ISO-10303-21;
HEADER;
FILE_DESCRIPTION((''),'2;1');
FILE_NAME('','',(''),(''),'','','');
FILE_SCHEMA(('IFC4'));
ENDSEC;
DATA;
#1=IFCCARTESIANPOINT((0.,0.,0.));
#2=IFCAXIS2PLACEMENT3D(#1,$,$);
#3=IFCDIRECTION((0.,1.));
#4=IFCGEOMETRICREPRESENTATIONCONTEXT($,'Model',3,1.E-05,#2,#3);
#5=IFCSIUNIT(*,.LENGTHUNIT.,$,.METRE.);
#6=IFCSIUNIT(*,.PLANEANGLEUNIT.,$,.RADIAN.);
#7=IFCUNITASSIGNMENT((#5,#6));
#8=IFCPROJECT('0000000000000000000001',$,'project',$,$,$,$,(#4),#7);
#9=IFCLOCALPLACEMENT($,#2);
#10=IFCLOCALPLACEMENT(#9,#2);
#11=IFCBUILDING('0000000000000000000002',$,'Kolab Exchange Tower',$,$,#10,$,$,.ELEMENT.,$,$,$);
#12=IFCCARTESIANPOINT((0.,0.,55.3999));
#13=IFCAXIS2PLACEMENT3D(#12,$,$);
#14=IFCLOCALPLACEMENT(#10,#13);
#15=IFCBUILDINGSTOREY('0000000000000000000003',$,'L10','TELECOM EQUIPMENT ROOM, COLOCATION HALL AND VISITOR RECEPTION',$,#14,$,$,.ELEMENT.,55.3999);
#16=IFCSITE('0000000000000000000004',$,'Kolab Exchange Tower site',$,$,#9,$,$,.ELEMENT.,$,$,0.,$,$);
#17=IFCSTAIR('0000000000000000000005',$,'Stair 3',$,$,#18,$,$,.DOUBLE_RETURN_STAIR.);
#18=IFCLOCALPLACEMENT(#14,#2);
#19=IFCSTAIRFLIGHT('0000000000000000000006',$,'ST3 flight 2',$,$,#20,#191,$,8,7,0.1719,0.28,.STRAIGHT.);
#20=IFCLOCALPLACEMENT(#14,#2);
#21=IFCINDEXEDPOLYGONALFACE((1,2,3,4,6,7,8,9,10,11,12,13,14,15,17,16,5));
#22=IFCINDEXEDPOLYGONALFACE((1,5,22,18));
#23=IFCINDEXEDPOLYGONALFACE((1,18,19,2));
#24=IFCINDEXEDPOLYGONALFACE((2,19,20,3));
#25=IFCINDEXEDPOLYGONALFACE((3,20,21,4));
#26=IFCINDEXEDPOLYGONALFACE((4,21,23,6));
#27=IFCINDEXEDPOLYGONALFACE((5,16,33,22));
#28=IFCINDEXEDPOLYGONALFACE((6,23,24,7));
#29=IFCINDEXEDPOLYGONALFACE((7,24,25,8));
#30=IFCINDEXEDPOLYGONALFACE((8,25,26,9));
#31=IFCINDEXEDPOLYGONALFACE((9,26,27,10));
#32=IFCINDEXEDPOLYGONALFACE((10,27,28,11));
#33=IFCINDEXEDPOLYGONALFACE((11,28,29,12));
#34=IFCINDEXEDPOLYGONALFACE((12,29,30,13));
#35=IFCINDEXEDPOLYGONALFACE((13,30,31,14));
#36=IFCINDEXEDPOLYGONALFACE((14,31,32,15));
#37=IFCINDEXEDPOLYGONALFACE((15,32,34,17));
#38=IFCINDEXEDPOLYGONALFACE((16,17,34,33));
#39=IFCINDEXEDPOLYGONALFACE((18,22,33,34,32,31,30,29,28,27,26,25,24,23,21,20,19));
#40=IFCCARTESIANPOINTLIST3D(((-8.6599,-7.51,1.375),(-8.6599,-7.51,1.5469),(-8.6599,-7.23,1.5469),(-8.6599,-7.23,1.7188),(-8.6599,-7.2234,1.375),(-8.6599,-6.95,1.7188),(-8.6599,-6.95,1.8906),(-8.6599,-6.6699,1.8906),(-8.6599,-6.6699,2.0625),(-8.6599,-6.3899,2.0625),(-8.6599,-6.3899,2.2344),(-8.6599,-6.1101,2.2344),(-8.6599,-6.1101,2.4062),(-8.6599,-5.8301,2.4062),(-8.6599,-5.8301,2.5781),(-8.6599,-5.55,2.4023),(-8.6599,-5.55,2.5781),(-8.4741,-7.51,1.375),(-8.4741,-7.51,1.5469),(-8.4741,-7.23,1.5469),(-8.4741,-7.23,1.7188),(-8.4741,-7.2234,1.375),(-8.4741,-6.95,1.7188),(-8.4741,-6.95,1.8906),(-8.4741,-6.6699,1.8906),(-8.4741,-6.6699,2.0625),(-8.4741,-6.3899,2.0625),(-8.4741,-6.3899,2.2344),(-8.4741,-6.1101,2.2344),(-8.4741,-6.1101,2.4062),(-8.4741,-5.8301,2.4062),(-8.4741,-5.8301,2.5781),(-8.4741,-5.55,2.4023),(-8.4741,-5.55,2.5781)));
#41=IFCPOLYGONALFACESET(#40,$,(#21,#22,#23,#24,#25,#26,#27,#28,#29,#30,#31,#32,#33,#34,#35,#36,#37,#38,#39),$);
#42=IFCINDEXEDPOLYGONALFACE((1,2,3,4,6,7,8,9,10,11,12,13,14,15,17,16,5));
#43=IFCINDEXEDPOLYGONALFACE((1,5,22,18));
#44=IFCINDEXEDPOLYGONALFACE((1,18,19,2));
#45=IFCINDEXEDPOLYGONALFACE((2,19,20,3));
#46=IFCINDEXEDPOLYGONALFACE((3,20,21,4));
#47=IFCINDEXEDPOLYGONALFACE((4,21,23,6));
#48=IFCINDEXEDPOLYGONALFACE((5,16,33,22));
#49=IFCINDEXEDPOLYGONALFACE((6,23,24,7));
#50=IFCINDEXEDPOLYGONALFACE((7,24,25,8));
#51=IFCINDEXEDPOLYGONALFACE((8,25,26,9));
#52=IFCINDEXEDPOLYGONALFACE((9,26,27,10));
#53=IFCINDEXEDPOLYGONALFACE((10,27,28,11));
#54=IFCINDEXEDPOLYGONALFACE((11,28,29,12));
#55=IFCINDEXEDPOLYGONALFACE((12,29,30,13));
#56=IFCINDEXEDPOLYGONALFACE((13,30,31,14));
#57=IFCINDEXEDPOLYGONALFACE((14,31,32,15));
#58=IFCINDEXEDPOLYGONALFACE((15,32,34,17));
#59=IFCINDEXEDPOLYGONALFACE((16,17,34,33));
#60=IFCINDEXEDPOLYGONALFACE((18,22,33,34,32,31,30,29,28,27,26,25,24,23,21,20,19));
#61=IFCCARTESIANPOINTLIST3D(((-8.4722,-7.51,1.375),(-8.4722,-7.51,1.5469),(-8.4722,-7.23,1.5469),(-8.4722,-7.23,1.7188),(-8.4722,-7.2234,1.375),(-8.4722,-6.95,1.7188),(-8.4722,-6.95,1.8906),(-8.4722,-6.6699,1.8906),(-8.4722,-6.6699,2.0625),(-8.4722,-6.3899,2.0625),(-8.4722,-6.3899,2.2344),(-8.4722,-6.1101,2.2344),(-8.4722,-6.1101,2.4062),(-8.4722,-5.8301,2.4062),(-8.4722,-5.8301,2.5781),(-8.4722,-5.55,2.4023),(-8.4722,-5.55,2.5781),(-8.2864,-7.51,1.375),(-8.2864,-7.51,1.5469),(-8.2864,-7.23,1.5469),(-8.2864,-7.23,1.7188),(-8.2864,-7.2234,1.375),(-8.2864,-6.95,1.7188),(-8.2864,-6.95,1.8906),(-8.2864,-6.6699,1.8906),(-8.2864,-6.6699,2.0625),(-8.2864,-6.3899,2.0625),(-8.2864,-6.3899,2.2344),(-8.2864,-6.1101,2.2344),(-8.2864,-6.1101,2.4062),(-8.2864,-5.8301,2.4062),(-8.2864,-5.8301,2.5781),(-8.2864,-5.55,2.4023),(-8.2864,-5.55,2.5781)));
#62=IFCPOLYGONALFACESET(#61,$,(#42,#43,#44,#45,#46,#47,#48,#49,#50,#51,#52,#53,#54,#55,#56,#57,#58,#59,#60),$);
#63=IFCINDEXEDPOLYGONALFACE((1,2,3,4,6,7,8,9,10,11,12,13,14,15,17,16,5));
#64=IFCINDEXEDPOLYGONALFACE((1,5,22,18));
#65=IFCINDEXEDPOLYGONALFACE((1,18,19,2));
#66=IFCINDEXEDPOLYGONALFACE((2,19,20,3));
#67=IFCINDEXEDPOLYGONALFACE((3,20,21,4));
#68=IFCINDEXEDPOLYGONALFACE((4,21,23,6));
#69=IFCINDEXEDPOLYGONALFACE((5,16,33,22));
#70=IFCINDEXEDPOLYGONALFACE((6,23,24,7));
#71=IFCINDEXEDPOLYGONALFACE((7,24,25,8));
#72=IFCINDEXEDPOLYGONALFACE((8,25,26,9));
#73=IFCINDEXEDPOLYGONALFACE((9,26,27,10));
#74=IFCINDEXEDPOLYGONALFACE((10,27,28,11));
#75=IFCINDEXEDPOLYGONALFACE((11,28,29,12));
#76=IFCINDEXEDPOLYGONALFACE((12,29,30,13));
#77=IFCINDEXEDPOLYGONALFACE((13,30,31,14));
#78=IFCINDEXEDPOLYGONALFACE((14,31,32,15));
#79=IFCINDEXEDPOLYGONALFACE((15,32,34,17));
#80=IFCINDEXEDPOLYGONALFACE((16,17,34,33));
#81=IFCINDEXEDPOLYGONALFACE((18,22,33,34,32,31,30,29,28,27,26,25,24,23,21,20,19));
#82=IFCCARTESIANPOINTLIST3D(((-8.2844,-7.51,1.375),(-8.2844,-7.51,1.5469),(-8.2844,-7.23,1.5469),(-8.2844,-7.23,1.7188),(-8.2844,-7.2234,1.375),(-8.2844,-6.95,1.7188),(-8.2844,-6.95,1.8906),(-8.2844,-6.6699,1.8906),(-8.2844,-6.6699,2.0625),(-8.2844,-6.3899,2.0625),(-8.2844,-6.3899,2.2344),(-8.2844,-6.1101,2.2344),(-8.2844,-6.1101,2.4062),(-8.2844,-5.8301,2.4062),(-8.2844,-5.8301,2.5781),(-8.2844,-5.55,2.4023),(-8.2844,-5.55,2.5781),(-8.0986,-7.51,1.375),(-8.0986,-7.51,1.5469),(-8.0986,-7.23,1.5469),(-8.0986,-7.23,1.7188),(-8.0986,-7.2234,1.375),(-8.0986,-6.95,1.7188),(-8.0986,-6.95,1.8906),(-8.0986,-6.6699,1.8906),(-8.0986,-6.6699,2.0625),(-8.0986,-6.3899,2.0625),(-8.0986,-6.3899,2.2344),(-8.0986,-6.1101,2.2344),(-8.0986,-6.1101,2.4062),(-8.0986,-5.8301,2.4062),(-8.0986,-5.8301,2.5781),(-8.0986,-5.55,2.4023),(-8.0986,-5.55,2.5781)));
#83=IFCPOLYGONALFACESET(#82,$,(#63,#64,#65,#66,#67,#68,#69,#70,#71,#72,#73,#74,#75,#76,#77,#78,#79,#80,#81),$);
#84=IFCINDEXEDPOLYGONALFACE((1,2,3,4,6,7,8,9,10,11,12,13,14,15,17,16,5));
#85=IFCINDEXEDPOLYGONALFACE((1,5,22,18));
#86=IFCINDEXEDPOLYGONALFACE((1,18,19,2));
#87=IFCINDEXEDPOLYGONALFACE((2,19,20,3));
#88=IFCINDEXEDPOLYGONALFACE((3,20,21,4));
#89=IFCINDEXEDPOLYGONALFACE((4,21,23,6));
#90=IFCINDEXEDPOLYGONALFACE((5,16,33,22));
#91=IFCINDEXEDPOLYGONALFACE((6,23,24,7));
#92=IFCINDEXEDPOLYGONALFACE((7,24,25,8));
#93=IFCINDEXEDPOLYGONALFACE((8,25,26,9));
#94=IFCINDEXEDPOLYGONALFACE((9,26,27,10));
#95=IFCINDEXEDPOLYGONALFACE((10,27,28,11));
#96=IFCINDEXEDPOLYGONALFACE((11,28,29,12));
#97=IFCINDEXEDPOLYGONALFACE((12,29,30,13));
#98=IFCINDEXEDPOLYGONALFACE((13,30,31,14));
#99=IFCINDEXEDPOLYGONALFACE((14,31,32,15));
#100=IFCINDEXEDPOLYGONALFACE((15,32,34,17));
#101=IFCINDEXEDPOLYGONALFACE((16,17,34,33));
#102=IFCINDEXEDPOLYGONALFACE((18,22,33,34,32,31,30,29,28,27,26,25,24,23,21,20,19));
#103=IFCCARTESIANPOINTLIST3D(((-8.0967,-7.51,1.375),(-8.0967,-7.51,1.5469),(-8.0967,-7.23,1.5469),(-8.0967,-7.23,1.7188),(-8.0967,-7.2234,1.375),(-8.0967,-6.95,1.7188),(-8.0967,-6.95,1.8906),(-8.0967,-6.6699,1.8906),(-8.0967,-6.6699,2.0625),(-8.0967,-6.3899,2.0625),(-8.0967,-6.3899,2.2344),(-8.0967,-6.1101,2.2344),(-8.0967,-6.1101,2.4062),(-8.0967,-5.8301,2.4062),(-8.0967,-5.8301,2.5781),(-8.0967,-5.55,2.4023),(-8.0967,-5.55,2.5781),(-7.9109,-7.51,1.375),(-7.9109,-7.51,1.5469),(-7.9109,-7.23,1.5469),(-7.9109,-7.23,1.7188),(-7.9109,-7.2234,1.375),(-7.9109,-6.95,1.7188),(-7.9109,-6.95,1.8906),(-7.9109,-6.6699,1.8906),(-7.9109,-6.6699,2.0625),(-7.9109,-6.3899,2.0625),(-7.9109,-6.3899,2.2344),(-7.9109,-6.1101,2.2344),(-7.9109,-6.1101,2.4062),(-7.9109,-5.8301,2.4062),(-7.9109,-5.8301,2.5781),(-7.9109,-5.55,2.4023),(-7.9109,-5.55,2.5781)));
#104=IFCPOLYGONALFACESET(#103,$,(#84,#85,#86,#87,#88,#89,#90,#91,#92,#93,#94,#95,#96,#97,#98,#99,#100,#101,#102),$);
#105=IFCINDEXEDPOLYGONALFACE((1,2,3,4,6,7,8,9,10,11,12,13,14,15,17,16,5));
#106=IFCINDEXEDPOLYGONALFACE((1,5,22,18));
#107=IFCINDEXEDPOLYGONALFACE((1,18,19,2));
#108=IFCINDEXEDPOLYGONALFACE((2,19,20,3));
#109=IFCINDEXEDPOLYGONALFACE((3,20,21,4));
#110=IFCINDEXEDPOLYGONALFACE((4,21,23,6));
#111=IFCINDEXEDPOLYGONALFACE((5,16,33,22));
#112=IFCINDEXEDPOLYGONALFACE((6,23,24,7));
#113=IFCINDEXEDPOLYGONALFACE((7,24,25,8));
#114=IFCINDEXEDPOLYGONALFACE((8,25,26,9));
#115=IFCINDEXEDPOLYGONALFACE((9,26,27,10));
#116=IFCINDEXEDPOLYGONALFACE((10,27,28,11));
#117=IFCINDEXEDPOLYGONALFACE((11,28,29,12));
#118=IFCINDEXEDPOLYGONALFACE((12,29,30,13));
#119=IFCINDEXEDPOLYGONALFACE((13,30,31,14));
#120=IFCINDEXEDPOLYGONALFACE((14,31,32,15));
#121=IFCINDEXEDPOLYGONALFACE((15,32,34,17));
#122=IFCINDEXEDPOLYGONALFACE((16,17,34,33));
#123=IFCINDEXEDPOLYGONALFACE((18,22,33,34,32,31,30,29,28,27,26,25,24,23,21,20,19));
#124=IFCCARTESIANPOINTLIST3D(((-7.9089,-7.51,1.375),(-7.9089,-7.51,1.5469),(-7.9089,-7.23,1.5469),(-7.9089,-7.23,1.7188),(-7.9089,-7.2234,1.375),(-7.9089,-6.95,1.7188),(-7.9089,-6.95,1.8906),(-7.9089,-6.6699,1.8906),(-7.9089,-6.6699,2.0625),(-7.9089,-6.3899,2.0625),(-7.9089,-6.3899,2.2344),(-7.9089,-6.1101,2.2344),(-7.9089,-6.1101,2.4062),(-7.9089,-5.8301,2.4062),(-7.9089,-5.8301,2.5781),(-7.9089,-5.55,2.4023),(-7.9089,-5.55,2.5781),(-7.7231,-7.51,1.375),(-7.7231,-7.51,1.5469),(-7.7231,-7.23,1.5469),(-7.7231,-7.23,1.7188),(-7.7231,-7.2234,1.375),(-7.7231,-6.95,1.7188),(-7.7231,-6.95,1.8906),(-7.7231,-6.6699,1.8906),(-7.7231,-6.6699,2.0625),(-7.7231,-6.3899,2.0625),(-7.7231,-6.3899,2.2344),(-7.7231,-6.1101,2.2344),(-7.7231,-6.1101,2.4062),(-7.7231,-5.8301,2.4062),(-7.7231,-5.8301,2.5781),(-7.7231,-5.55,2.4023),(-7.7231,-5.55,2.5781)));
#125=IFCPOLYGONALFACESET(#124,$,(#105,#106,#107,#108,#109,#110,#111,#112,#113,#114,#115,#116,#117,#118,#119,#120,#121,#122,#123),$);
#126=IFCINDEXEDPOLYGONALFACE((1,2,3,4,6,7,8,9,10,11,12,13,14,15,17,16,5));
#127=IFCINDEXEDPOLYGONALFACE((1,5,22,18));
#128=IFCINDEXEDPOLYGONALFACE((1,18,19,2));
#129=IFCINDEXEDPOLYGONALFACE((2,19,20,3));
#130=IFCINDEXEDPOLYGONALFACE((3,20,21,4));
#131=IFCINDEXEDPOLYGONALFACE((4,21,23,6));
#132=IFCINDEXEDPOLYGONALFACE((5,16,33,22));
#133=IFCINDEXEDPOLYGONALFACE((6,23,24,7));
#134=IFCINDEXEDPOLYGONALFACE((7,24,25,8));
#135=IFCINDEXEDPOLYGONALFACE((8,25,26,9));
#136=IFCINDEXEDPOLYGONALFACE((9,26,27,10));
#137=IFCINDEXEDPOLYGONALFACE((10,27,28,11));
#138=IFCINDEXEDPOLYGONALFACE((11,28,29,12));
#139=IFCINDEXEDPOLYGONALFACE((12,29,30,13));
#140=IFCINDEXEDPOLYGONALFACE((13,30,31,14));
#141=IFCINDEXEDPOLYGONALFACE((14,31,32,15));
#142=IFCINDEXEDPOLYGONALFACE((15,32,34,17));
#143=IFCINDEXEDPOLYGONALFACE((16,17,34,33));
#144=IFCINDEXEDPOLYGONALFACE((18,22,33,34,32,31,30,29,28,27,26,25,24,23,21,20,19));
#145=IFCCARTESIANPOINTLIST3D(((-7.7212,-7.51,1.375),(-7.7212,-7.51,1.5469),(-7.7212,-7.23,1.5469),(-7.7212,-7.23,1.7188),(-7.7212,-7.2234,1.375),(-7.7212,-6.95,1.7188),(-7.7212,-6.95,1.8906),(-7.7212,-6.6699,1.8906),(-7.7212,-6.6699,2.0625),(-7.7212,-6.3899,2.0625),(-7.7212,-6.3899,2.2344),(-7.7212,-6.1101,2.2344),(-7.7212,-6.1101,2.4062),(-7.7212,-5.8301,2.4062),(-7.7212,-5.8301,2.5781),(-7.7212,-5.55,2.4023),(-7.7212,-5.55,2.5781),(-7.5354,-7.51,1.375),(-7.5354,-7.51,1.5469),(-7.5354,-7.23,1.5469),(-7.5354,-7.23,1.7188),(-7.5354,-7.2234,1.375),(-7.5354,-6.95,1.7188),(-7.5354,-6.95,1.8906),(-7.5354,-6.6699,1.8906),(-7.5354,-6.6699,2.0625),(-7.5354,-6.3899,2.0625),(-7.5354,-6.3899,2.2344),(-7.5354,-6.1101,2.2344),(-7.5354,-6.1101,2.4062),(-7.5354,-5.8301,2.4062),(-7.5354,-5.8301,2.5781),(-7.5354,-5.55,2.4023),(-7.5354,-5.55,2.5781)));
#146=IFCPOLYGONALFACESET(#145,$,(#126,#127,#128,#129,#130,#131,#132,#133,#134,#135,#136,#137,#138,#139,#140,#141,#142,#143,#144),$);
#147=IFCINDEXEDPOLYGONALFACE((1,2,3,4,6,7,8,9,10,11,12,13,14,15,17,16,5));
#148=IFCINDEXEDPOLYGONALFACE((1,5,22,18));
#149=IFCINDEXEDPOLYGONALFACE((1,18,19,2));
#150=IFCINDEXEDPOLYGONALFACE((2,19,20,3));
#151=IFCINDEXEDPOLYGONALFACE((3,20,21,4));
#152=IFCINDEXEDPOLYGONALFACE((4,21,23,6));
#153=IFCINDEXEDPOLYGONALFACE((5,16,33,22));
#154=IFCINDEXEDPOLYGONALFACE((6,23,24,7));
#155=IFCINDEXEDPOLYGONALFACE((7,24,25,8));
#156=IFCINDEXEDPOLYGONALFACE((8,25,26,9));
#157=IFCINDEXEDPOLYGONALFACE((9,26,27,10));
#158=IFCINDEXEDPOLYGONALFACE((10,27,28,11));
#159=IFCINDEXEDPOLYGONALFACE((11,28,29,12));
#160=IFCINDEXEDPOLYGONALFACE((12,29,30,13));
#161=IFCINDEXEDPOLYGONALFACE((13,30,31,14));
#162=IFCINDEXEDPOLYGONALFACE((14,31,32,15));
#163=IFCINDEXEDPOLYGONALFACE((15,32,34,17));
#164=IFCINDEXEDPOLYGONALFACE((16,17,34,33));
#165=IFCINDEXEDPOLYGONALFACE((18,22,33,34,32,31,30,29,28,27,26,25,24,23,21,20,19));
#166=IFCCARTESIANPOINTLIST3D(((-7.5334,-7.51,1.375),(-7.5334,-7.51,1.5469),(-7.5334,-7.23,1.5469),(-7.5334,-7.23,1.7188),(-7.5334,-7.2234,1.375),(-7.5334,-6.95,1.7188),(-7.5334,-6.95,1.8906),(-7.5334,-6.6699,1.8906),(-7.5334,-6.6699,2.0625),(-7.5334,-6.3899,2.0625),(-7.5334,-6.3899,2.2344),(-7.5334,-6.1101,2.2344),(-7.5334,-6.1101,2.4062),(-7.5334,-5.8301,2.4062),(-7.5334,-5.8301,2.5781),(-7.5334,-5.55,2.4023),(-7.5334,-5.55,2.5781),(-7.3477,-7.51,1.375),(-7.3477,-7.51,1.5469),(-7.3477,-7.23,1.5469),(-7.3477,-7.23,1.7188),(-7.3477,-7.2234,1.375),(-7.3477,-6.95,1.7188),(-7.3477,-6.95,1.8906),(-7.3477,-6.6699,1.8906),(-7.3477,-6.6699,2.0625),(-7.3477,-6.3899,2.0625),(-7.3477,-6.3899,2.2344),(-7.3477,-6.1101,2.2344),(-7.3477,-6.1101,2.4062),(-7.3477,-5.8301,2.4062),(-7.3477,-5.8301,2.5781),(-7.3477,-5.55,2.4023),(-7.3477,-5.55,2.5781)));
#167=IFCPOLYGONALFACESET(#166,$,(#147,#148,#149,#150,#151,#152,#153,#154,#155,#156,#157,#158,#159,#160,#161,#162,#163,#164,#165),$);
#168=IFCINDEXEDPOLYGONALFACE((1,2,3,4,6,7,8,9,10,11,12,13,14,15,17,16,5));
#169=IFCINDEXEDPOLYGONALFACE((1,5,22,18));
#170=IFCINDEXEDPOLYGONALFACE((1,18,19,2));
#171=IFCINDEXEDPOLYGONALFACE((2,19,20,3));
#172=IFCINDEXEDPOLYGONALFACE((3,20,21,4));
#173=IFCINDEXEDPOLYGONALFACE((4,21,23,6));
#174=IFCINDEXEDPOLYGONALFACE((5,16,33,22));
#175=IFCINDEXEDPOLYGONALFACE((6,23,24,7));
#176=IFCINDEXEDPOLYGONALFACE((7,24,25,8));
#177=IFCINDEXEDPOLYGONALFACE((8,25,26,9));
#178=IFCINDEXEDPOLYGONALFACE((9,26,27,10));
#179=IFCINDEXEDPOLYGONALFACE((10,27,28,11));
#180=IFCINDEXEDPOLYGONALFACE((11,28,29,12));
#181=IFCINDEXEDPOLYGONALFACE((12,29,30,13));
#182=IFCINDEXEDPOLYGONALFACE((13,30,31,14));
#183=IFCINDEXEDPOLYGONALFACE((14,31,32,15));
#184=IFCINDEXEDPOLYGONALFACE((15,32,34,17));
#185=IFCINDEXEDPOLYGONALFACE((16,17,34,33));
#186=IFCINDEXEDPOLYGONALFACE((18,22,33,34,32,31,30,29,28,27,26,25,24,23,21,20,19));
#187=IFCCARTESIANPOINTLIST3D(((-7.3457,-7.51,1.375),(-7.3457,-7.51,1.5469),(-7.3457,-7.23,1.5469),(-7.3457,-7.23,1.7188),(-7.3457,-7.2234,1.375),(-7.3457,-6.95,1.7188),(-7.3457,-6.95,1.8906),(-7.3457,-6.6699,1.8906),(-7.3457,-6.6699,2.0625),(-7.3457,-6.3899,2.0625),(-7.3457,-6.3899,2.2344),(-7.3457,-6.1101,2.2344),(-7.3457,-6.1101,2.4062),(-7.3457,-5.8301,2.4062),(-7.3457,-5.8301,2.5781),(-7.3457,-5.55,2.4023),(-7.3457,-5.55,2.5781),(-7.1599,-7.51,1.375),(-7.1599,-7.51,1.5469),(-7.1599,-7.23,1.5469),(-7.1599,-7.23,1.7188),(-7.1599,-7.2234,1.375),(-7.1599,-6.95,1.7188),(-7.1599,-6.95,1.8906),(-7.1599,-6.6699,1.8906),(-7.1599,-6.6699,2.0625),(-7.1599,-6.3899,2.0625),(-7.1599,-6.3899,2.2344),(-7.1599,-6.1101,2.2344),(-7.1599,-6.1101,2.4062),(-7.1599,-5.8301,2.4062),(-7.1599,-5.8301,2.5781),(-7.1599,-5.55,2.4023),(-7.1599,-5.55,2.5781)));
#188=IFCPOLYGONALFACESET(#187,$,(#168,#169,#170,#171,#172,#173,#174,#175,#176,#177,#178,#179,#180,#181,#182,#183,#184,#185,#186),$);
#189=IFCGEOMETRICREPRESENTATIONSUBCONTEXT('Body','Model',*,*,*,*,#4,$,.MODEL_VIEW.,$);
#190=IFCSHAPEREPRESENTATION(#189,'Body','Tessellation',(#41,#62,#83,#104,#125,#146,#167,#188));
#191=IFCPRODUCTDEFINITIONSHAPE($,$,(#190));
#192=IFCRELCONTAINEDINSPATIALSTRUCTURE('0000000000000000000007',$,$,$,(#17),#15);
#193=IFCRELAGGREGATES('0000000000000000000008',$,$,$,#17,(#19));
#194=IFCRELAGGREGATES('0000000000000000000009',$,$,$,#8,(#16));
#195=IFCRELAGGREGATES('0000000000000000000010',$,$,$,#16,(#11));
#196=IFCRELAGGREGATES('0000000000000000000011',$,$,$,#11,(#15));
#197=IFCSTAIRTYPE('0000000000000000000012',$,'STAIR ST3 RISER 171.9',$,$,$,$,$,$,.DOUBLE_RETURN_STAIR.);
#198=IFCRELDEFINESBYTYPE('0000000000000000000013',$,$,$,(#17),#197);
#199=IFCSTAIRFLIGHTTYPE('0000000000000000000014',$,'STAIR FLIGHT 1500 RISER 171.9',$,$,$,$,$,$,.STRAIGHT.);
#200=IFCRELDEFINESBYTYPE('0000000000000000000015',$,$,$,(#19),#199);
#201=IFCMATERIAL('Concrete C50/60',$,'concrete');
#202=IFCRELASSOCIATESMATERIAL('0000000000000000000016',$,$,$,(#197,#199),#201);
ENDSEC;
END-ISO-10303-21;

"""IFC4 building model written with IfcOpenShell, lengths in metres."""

from ifc_helpers import new_model, si_unit, direction, frame, origin, place, context, subcontext, project, spatial, polyline, outline, extrude, material, type_object, element, aggregate, save


model = new_model("IFC4")

# Units and contexts
model_context = context("Model", 3, precision=1e-05, world=origin(), true_north=direction((0.0, 1.0)))
body_context = subcontext(model_context, "Body", "Model", "MODEL_VIEW")
ifc_project = project(units=[si_unit("LENGTHUNIT", "METRE"), si_unit("PLANEANGLEUNIT", "RADIAN")], contexts=[model_context])

# Site, building, storey
site_placement = place(None, origin())
site = spatial("IfcSite", under=ifc_project, at=site_placement, Name="Kolab Exchange Tower site", CompositionType="ELEMENT", RefElevation=0.0)
building_placement = place(site_placement, origin())
building = spatial("IfcBuilding", under=site, at=building_placement, Name="Kolab Exchange Tower", CompositionType="ELEMENT")
storey_placement = place(building_placement, frame((0.0, 0.0, 55.3999)))
storey = spatial("IfcBuildingStorey", under=building, at=storey_placement, Name="L10", Description="TELECOM EQUIPMENT ROOM, COLOCATION HALL AND VISITOR RECEPTION", CompositionType="ELEMENT", Elevation=55.3999)

# Shared definitions
ifc_material_1 = material(Name="Concrete C50/60", Category="concrete")

# Stair, stair flight
stair_type = type_object("IfcStairType", Name="STAIR ST3 RISER 171.9", PredefinedType="DOUBLE_RETURN_STAIR", material=ifc_material_1)
stair_placement = place(storey_placement, origin())
stair = element("IfcStair", 1, at=stair_placement, inside=storey, type_object=stair_type, Name="Stair 3", PredefinedType="DOUBLE_RETURN_STAIR")
stair_flight_type = type_object("IfcStairFlightType", Name="STAIR FLIGHT 1500 RISER 171.9", PredefinedType="STRAIGHT", material=ifc_material_1)
stair_flight_placement = place(storey_placement, frame((-7.9099, -7.51, 1.375), z_axis=(0.0, 0.0, 1.0), x_axis=(0.0, 1.0, 0.0)))
stair_flight = element("IfcStairFlight", 2, at=stair_flight_placement, type_object=stair_flight_type, Name="ST3 flight 2", NumberOfRisers=8, NumberOfTreads=7, PredefinedType="STRAIGHT", RiserHeight=0.1719, TreadLength=0.28, context=body_context, shape_type="SweptSolid", body=[
    extrude(outline(polyline([(0.0, 0.0), (0.0, 0.1719), (0.28, 0.1719), (0.28, 0.3438), (0.5601, 0.3438), (0.5601, 0.5156), (0.8401, 0.5156), (0.8401, 0.6875), (1.1201, 0.6875), (1.1201, 0.8594), (1.3999, 0.8594), (1.3999, 1.0312), (1.6799, 1.0312), (1.6799, 1.2031), (1.96, 1.2031), (1.96, 1.375), (1.96, 1.0273), (0.2866, 0.0), (0.0, 0.0)])), frame((0.0, 0.75, 0.0), z_axis=(0.0, -1.0, 0.0), x_axis=(1.0, 0.0, 0.0)), (0.0, 0.0, 1.0), 0.1858),
    extrude(outline(polyline([(0.0, 0.0), (0.0, 0.1719), (0.28, 0.1719), (0.28, 0.3438), (0.5601, 0.3438), (0.5601, 0.5156), (0.8401, 0.5156), (0.8401, 0.6875), (1.1201, 0.6875), (1.1201, 0.8594), (1.3999, 0.8594), (1.3999, 1.0312), (1.6799, 1.0312), (1.6799, 1.2031), (1.96, 1.2031), (1.96, 1.375), (1.96, 1.0273), (0.2866, 0.0), (0.0, 0.0)])), frame((0.0, 0.5623, 0.0), z_axis=(0.0, -1.0, 0.0), x_axis=(1.0, 0.0, 0.0)), (0.0, 0.0, 1.0), 0.1858),
    extrude(outline(polyline([(0.0, 0.0), (0.0, 0.1719), (0.28, 0.1719), (0.28, 0.3438), (0.5601, 0.3438), (0.5601, 0.5156), (0.8401, 0.5156), (0.8401, 0.6875), (1.1201, 0.6875), (1.1201, 0.8594), (1.3999, 0.8594), (1.3999, 1.0312), (1.6799, 1.0312), (1.6799, 1.2031), (1.96, 1.2031), (1.96, 1.375), (1.96, 1.0273), (0.2866, 0.0), (0.0, 0.0)])), frame((0.0, 0.3745, 0.0), z_axis=(0.0, -1.0, 0.0), x_axis=(1.0, 0.0, 0.0)), (0.0, 0.0, 1.0), 0.1858),
    extrude(outline(polyline([(0.0, 0.0), (0.0, 0.1719), (0.28, 0.1719), (0.28, 0.3438), (0.5601, 0.3438), (0.5601, 0.5156), (0.8401, 0.5156), (0.8401, 0.6875), (1.1201, 0.6875), (1.1201, 0.8594), (1.3999, 0.8594), (1.3999, 1.0312), (1.6799, 1.0312), (1.6799, 1.2031), (1.96, 1.2031), (1.96, 1.375), (1.96, 1.0273), (0.2866, 0.0), (0.0, 0.0)])), frame((0.0, 0.1868, 0.0), z_axis=(0.0, -1.0, 0.0), x_axis=(1.0, 0.0, 0.0)), (0.0, 0.0, 1.0), 0.1858),
    extrude(outline(polyline([(0.0, 0.0), (0.0, 0.1719), (0.28, 0.1719), (0.28, 0.3438), (0.5601, 0.3438), (0.5601, 0.5156), (0.8401, 0.5156), (0.8401, 0.6875), (1.1201, 0.6875), (1.1201, 0.8594), (1.3999, 0.8594), (1.3999, 1.0312), (1.6799, 1.0312), (1.6799, 1.2031), (1.96, 1.2031), (1.96, 1.375), (1.96, 1.0273), (0.2866, 0.0), (0.0, 0.0)])), frame((0.0, -0.001, 0.0), z_axis=(0.0, -1.0, 0.0), x_axis=(1.0, 0.0, 0.0)), (0.0, 0.0, 1.0), 0.1858),
    extrude(outline(polyline([(0.0, 0.0), (0.0, 0.1719), (0.28, 0.1719), (0.28, 0.3438), (0.5601, 0.3438), (0.5601, 0.5156), (0.8401, 0.5156), (0.8401, 0.6875), (1.1201, 0.6875), (1.1201, 0.8594), (1.3999, 0.8594), (1.3999, 1.0312), (1.6799, 1.0312), (1.6799, 1.2031), (1.96, 1.2031), (1.96, 1.375), (1.96, 1.0273), (0.2866, 0.0), (0.0, 0.0)])), frame((0.0, -0.1887, 0.0), z_axis=(0.0, -1.0, 0.0), x_axis=(1.0, 0.0, 0.0)), (0.0, 0.0, 1.0), 0.1858),
    extrude(outline(polyline([(0.0, 0.0), (0.0, 0.1719), (0.28, 0.1719), (0.28, 0.3438), (0.5601, 0.3438), (0.5601, 0.5156), (0.8401, 0.5156), (0.8401, 0.6875), (1.1201, 0.6875), (1.1201, 0.8594), (1.3999, 0.8594), (1.3999, 1.0312), (1.6799, 1.0312), (1.6799, 1.2031), (1.96, 1.2031), (1.96, 1.375), (1.96, 1.0273), (0.2866, 0.0), (0.0, 0.0)])), frame((0.0, -0.3765, 0.0), z_axis=(0.0, -1.0, 0.0), x_axis=(1.0, 0.0, 0.0)), (0.0, 0.0, 1.0), 0.1858),
    extrude(outline(polyline([(0.0, 0.0), (0.0, 0.1719), (0.28, 0.1719), (0.28, 0.3438), (0.5601, 0.3438), (0.5601, 0.5156), (0.8401, 0.5156), (0.8401, 0.6875), (1.1201, 0.6875), (1.1201, 0.8594), (1.3999, 0.8594), (1.3999, 1.0312), (1.6799, 1.0312), (1.6799, 1.2031), (1.96, 1.2031), (1.96, 1.375), (1.96, 1.0273), (0.2866, 0.0), (0.0, 0.0)])), frame((0.0, -0.5642, 0.0), z_axis=(0.0, -1.0, 0.0), x_axis=(1.0, 0.0, 0.0)), (0.0, 0.0, 1.0), 0.1858),
])
aggregate(stair, [stair_flight])

save(model, "model.ifc")
